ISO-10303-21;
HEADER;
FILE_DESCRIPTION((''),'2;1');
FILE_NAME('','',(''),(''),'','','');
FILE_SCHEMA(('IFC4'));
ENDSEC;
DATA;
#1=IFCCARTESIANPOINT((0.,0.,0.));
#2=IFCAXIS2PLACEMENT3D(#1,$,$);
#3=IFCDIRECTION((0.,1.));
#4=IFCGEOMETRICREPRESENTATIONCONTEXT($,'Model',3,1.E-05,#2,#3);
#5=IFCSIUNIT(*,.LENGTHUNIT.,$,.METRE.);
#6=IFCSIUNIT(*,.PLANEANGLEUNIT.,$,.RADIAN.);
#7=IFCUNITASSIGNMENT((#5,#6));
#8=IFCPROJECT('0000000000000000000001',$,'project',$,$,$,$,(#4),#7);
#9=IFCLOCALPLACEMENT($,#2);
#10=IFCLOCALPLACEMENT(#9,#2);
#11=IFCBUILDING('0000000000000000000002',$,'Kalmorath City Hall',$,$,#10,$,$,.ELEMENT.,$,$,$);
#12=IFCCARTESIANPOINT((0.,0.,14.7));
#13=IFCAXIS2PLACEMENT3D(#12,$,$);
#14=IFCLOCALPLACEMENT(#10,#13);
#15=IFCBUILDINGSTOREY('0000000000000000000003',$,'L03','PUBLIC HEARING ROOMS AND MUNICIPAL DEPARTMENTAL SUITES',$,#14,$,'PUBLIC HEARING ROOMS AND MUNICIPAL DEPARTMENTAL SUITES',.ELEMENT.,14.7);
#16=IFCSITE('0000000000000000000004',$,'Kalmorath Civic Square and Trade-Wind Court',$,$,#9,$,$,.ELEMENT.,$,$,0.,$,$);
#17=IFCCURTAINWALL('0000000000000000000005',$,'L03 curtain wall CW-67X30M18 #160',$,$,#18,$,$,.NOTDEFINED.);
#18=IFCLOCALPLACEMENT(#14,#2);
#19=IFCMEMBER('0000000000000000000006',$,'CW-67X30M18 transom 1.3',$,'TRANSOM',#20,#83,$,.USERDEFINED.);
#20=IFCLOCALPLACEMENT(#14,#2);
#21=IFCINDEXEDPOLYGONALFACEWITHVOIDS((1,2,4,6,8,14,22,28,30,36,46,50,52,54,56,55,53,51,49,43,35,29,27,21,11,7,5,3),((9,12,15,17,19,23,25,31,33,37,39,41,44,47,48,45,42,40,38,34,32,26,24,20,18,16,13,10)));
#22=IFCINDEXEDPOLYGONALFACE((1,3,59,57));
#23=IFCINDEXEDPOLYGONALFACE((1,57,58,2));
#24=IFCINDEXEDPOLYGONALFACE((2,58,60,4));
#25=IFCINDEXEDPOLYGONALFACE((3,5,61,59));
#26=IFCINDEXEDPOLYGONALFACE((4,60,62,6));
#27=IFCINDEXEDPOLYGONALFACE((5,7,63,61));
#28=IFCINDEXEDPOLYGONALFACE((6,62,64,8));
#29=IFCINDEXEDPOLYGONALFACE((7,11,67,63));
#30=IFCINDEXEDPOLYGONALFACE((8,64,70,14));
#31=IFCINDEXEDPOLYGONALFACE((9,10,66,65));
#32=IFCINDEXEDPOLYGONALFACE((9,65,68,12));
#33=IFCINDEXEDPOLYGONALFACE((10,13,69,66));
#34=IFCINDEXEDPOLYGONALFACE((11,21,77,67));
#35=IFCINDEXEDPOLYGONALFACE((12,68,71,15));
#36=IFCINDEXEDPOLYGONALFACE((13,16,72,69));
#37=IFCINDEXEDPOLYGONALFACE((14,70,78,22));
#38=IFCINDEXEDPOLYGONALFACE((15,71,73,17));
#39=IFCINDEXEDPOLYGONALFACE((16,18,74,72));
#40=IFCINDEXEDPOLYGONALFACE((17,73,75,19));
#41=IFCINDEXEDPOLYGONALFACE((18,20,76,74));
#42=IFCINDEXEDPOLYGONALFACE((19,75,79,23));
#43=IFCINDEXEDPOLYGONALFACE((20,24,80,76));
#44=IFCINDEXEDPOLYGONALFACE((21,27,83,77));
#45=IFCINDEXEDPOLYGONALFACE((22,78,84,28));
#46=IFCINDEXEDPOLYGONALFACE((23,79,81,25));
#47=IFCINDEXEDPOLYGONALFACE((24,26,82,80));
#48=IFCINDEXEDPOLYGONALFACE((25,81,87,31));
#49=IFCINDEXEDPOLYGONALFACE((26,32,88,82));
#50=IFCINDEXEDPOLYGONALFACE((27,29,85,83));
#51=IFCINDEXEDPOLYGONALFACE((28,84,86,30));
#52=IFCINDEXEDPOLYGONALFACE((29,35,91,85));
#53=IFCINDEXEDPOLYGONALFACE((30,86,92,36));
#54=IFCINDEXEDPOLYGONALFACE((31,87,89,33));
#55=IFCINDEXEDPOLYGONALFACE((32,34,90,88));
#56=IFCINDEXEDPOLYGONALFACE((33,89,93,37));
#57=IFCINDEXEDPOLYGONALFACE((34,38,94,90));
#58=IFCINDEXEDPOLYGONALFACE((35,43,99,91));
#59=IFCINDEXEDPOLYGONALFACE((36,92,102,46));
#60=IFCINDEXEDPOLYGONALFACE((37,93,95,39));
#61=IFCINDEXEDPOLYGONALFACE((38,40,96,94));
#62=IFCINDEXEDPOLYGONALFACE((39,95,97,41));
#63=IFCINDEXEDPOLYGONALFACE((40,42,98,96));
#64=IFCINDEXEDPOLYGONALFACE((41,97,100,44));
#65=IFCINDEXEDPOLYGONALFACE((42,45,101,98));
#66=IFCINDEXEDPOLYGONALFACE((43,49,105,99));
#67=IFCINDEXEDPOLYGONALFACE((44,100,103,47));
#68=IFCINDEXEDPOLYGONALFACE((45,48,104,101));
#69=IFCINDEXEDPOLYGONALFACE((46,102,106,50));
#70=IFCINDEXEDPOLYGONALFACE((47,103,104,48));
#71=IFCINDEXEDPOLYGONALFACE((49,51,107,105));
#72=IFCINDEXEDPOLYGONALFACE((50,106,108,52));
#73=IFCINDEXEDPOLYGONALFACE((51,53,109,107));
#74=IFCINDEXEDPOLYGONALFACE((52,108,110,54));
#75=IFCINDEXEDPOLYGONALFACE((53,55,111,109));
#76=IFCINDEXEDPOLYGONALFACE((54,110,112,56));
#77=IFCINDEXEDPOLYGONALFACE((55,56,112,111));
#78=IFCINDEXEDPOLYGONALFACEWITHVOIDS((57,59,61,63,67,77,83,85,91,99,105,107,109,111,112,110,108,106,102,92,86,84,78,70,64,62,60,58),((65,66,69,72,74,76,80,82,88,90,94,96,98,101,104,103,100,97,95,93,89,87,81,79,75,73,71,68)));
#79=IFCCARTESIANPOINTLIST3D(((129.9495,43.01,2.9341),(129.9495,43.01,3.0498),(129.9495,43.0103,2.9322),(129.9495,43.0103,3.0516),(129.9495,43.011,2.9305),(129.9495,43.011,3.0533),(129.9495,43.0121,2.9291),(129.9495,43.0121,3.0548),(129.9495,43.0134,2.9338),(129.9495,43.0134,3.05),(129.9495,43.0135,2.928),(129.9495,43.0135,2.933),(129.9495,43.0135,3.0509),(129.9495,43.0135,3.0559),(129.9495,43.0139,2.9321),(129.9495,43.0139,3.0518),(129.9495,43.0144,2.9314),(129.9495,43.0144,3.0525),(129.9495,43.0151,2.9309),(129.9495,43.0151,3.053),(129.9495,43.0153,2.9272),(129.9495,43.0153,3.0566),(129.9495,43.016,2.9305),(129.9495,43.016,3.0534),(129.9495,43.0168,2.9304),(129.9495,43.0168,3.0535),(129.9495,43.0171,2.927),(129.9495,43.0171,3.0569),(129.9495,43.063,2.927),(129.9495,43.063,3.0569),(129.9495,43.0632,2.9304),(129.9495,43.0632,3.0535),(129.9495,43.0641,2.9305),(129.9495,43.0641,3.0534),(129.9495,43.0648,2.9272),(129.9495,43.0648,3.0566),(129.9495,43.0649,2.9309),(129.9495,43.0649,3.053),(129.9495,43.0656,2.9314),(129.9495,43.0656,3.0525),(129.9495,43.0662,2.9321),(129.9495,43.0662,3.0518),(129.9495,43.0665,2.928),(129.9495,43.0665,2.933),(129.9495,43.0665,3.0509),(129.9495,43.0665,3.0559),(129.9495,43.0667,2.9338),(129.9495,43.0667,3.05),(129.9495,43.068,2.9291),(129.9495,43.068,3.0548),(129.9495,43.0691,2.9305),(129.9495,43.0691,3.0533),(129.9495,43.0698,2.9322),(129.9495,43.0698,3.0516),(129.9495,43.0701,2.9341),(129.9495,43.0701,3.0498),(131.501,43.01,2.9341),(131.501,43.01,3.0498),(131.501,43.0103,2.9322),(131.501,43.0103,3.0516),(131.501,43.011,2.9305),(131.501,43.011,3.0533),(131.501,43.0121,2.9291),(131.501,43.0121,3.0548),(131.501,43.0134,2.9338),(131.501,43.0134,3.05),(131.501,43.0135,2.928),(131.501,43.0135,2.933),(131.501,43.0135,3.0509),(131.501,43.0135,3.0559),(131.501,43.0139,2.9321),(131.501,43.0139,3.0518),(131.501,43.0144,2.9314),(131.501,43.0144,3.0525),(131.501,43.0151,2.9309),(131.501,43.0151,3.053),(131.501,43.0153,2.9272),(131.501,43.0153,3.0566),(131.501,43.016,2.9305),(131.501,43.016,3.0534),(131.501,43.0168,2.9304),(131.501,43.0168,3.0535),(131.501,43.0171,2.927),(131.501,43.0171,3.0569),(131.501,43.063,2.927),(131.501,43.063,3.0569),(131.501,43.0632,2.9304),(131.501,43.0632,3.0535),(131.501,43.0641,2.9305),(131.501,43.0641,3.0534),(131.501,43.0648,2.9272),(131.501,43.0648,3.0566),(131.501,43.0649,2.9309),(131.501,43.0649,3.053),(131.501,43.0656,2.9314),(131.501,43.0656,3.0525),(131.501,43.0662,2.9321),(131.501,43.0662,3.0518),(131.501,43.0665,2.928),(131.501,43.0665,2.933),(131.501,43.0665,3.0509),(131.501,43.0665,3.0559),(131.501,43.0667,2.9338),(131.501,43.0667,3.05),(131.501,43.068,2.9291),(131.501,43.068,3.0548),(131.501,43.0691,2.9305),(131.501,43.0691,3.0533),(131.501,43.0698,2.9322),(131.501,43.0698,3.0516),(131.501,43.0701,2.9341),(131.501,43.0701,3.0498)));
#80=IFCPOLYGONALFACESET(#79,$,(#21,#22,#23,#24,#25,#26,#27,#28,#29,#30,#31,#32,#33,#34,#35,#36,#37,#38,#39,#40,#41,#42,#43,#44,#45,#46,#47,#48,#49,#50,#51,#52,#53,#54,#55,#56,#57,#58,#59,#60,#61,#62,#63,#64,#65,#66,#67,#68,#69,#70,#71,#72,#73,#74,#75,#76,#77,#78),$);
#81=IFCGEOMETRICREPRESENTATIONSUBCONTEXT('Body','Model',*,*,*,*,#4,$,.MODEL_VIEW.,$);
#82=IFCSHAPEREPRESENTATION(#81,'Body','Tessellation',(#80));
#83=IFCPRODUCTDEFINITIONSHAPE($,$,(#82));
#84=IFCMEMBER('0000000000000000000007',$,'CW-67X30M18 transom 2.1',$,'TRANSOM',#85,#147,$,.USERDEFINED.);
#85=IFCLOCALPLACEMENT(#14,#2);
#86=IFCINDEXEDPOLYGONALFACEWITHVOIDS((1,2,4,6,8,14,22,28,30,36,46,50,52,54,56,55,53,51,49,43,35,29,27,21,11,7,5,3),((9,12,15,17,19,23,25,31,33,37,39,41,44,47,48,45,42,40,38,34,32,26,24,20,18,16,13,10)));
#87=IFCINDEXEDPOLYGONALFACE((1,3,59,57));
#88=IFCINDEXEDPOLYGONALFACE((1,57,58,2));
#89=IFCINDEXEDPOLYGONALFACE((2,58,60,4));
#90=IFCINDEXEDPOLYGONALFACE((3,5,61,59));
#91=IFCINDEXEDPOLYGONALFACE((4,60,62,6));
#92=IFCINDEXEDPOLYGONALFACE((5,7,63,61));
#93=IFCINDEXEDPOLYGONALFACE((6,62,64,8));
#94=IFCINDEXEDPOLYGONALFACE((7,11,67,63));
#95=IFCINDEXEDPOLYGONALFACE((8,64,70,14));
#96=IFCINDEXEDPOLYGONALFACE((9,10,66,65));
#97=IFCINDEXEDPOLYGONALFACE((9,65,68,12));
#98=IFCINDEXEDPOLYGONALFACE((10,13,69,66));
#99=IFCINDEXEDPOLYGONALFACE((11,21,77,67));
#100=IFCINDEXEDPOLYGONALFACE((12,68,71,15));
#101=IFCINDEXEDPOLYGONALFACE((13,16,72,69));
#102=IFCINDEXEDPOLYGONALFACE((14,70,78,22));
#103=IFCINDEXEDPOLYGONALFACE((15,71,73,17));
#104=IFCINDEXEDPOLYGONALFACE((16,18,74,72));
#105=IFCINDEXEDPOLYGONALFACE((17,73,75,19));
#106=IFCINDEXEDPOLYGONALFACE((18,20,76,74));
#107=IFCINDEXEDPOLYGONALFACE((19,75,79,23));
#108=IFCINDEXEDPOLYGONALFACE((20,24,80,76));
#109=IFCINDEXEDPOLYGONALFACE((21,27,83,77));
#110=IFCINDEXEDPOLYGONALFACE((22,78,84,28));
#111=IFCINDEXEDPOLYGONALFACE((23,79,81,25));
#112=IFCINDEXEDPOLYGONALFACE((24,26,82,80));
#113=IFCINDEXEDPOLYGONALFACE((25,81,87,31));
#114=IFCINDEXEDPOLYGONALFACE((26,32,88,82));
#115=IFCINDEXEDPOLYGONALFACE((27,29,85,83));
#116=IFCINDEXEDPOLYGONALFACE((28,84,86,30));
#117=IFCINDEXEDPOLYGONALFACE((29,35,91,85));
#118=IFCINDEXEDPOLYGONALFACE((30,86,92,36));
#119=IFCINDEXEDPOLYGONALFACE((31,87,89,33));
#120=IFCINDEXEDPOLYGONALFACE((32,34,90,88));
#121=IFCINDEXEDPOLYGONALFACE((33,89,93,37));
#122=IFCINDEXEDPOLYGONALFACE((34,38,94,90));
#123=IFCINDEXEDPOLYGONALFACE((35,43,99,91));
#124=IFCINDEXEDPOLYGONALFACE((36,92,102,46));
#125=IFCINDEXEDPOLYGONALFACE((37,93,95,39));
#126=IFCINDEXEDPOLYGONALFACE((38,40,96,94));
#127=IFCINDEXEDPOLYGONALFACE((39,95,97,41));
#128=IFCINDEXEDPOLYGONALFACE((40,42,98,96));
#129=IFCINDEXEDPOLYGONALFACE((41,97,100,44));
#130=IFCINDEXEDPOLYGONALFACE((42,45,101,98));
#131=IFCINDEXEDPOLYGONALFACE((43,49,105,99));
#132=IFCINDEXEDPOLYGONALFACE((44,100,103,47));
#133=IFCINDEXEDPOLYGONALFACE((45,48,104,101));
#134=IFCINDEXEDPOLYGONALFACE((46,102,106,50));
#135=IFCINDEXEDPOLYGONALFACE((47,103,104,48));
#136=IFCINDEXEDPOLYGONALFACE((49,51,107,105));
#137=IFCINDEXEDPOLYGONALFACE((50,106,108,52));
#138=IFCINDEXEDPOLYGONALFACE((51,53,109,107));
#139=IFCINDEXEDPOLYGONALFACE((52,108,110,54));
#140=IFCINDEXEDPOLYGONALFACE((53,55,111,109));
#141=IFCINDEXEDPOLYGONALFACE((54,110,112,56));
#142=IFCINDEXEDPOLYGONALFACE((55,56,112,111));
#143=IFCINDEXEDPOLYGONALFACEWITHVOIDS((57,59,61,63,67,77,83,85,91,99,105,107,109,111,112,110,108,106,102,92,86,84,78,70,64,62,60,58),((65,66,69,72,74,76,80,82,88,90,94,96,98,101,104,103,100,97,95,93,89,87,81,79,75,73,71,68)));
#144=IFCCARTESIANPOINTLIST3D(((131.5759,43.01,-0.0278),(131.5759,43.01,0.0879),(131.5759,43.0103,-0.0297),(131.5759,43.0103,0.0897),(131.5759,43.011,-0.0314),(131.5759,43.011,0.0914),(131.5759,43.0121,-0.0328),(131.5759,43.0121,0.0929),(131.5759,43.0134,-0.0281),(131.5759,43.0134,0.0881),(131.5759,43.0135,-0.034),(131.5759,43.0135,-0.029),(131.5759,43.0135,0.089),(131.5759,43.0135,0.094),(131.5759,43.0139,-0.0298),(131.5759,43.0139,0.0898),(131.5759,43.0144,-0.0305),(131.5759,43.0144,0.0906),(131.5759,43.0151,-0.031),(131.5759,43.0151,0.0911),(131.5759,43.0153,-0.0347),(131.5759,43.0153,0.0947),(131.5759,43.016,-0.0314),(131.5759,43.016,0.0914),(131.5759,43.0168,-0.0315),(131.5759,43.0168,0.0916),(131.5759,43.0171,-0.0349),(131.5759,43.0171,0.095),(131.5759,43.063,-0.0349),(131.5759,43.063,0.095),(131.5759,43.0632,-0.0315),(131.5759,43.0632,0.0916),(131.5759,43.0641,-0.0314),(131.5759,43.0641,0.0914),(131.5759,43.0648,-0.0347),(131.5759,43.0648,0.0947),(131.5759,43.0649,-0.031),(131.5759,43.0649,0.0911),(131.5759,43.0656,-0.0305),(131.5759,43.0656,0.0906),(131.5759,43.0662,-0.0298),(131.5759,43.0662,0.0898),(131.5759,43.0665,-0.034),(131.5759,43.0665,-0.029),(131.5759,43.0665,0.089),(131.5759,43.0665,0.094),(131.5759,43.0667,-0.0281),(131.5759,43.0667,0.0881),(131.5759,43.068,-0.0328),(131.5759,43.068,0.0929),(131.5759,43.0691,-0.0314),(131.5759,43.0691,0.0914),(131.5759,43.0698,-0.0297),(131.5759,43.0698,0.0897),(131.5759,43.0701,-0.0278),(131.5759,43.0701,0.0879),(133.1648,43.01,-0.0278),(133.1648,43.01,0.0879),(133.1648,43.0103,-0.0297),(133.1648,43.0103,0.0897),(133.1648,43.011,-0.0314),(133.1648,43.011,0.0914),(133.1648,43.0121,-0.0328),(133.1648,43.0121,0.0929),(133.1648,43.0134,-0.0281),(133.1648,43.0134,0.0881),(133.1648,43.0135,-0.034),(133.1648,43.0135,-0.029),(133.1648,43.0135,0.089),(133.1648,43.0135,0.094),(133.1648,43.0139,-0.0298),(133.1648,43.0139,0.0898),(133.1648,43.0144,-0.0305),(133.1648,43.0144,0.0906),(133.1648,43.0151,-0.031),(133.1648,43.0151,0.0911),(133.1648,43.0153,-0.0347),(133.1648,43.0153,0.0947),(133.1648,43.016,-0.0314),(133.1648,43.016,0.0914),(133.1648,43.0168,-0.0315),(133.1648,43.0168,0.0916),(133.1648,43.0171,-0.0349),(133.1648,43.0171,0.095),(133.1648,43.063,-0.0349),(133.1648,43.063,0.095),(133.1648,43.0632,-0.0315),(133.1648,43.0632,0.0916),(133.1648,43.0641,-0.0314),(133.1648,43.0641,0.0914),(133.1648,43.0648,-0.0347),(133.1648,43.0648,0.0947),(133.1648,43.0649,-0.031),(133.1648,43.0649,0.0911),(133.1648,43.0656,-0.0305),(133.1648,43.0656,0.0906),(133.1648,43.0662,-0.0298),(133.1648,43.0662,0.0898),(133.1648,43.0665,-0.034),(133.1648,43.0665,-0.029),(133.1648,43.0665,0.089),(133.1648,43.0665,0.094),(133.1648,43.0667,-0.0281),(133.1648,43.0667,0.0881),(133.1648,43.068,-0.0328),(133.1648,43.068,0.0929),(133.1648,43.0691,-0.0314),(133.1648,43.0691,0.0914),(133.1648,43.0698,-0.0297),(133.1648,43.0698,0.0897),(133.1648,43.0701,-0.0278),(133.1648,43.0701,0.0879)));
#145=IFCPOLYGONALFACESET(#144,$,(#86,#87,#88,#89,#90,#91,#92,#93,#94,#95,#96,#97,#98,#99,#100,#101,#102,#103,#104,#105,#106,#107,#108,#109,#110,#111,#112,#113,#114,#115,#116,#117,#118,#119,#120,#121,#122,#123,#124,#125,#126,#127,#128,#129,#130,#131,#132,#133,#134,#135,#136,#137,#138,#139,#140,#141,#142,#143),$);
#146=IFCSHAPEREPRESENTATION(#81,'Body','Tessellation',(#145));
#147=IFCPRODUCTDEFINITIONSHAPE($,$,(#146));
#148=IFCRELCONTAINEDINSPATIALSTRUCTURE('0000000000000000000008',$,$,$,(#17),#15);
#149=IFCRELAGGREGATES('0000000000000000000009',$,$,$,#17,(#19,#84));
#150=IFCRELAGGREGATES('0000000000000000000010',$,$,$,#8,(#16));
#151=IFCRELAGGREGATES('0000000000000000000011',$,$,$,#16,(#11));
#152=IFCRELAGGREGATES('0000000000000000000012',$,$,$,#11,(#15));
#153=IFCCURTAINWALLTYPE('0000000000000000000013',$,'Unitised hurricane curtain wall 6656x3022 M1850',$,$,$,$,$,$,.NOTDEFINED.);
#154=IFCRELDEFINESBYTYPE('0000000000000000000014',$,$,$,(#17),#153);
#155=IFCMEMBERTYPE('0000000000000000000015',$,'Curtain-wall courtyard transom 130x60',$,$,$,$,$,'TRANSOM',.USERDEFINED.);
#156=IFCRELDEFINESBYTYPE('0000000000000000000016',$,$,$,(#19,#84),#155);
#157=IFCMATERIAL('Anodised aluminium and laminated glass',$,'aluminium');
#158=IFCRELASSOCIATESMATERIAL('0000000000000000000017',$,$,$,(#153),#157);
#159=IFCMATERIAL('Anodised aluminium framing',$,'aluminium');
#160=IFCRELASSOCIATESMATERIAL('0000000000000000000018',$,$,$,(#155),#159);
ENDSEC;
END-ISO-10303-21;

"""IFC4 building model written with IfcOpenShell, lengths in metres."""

from ifc_helpers import new_model, si_unit, direction, frame, origin, origin_2d, place, context, subcontext, project, spatial, hollow_rectangle, extrude, material, material_profile, profile_set, type_object, element, aggregate, save


model = new_model("IFC4")

# Units and contexts
model_context = context("Model", 3, precision=1e-05, world=origin(), true_north=direction((0.0, 1.0)))
body_context = subcontext(model_context, "Body", "Model", "MODEL_VIEW")
ifc_project = project(units=[si_unit("LENGTHUNIT", "METRE"), si_unit("PLANEANGLEUNIT", "RADIAN")], contexts=[model_context])

# Site, building, storey
site_placement = place(None, origin())
site = spatial("IfcSite", under=ifc_project, at=site_placement, Name="Kalmorath Civic Square and Trade-Wind Court", CompositionType="ELEMENT", RefElevation=0.0)
building_placement = place(site_placement, origin())
building = spatial("IfcBuilding", under=site, at=building_placement, Name="Kalmorath City Hall", CompositionType="ELEMENT")
storey_placement = place(building_placement, frame((0.0, 0.0, 14.7)))
storey = spatial("IfcBuildingStorey", under=building, at=storey_placement, Name="L03", Description="PUBLIC HEARING ROOMS AND MUNICIPAL DEPARTMENTAL SUITES", LongName="PUBLIC HEARING ROOMS AND MUNICIPAL DEPARTMENTAL SUITES", CompositionType="ELEMENT", Elevation=14.7)

# Curtain wall, members
ifc_material_1 = material(Name="Anodised aluminium and laminated glass", Category="aluminium")
curtain_wall_type = type_object("IfcCurtainWallType", Name="Unitised hurricane curtain wall 6656x3022 M1850", PredefinedType="NOTDEFINED", material=ifc_material_1)
curtain_wall_placement = place(storey_placement, origin())
curtain_wall = element("IfcCurtainWall", 1, at=curtain_wall_placement, inside=storey, type_object=curtain_wall_type, Name="L03 curtain wall CW-67X30M18 #160", PredefinedType="NOTDEFINED")
ifc_material_2 = material(Name="Anodised aluminium framing", Category="aluminium")
ifc_material_profile_1 = material_profile(ifc_material_2, hollow_rectangle(XDim=0.0601, YDim=0.1299, WallThickness=0.0034, InnerFilletRadius=0.0034, OuterFilletRadius=0.0071, at=origin_2d()), Name="ALU-TRN-130X60X3.5")
ifc_profile_set_1 = profile_set([ifc_material_profile_1], Name="Anodised aluminium framing")
member_type_1 = type_object("IfcMemberType", Name="Curtain-wall courtyard transom 130x60", ElementType="TRANSOM", PredefinedType="USERDEFINED", material=ifc_profile_set_1)
member_1_placement = place(storey_placement, frame((129.9495, 43.04, 2.9919), z_axis=(1.0, 0.0, 0.0), x_axis=(0.0, 1.0, 0.0)))
member_1 = element("IfcMember", 2, at=member_1_placement, type_object=member_type_1, Name="CW-67X30M18 transom 1.3", ObjectType="TRANSOM", PredefinedType="USERDEFINED", context=body_context, shape_type="SweptSolid", body=[
    extrude(hollow_rectangle(XDim=0.0601, YDim=0.1299, WallThickness=0.0034, InnerFilletRadius=0.0034, OuterFilletRadius=0.0071, at=origin_2d()), origin(), (0.0, 0.0, 1.0), 1.5515),
])
member_2_placement = place(storey_placement, frame((131.5759, 43.04, 0.03), z_axis=(1.0, 0.0, 0.0), x_axis=(0.0, 1.0, 0.0)))
member_2 = element("IfcMember", 3, at=member_2_placement, type_object=member_type_1, Name="CW-67X30M18 transom 2.1", ObjectType="TRANSOM", PredefinedType="USERDEFINED", context=body_context, shape_type="SweptSolid", body=[
    extrude(hollow_rectangle(XDim=0.0601, YDim=0.1299, WallThickness=0.0034, InnerFilletRadius=0.0034, OuterFilletRadius=0.0071, at=origin_2d()), origin(), (0.0, 0.0, 1.0), 1.5889),
])
aggregate(curtain_wall, [member_1, member_2])

save(model, "model.ifc")
